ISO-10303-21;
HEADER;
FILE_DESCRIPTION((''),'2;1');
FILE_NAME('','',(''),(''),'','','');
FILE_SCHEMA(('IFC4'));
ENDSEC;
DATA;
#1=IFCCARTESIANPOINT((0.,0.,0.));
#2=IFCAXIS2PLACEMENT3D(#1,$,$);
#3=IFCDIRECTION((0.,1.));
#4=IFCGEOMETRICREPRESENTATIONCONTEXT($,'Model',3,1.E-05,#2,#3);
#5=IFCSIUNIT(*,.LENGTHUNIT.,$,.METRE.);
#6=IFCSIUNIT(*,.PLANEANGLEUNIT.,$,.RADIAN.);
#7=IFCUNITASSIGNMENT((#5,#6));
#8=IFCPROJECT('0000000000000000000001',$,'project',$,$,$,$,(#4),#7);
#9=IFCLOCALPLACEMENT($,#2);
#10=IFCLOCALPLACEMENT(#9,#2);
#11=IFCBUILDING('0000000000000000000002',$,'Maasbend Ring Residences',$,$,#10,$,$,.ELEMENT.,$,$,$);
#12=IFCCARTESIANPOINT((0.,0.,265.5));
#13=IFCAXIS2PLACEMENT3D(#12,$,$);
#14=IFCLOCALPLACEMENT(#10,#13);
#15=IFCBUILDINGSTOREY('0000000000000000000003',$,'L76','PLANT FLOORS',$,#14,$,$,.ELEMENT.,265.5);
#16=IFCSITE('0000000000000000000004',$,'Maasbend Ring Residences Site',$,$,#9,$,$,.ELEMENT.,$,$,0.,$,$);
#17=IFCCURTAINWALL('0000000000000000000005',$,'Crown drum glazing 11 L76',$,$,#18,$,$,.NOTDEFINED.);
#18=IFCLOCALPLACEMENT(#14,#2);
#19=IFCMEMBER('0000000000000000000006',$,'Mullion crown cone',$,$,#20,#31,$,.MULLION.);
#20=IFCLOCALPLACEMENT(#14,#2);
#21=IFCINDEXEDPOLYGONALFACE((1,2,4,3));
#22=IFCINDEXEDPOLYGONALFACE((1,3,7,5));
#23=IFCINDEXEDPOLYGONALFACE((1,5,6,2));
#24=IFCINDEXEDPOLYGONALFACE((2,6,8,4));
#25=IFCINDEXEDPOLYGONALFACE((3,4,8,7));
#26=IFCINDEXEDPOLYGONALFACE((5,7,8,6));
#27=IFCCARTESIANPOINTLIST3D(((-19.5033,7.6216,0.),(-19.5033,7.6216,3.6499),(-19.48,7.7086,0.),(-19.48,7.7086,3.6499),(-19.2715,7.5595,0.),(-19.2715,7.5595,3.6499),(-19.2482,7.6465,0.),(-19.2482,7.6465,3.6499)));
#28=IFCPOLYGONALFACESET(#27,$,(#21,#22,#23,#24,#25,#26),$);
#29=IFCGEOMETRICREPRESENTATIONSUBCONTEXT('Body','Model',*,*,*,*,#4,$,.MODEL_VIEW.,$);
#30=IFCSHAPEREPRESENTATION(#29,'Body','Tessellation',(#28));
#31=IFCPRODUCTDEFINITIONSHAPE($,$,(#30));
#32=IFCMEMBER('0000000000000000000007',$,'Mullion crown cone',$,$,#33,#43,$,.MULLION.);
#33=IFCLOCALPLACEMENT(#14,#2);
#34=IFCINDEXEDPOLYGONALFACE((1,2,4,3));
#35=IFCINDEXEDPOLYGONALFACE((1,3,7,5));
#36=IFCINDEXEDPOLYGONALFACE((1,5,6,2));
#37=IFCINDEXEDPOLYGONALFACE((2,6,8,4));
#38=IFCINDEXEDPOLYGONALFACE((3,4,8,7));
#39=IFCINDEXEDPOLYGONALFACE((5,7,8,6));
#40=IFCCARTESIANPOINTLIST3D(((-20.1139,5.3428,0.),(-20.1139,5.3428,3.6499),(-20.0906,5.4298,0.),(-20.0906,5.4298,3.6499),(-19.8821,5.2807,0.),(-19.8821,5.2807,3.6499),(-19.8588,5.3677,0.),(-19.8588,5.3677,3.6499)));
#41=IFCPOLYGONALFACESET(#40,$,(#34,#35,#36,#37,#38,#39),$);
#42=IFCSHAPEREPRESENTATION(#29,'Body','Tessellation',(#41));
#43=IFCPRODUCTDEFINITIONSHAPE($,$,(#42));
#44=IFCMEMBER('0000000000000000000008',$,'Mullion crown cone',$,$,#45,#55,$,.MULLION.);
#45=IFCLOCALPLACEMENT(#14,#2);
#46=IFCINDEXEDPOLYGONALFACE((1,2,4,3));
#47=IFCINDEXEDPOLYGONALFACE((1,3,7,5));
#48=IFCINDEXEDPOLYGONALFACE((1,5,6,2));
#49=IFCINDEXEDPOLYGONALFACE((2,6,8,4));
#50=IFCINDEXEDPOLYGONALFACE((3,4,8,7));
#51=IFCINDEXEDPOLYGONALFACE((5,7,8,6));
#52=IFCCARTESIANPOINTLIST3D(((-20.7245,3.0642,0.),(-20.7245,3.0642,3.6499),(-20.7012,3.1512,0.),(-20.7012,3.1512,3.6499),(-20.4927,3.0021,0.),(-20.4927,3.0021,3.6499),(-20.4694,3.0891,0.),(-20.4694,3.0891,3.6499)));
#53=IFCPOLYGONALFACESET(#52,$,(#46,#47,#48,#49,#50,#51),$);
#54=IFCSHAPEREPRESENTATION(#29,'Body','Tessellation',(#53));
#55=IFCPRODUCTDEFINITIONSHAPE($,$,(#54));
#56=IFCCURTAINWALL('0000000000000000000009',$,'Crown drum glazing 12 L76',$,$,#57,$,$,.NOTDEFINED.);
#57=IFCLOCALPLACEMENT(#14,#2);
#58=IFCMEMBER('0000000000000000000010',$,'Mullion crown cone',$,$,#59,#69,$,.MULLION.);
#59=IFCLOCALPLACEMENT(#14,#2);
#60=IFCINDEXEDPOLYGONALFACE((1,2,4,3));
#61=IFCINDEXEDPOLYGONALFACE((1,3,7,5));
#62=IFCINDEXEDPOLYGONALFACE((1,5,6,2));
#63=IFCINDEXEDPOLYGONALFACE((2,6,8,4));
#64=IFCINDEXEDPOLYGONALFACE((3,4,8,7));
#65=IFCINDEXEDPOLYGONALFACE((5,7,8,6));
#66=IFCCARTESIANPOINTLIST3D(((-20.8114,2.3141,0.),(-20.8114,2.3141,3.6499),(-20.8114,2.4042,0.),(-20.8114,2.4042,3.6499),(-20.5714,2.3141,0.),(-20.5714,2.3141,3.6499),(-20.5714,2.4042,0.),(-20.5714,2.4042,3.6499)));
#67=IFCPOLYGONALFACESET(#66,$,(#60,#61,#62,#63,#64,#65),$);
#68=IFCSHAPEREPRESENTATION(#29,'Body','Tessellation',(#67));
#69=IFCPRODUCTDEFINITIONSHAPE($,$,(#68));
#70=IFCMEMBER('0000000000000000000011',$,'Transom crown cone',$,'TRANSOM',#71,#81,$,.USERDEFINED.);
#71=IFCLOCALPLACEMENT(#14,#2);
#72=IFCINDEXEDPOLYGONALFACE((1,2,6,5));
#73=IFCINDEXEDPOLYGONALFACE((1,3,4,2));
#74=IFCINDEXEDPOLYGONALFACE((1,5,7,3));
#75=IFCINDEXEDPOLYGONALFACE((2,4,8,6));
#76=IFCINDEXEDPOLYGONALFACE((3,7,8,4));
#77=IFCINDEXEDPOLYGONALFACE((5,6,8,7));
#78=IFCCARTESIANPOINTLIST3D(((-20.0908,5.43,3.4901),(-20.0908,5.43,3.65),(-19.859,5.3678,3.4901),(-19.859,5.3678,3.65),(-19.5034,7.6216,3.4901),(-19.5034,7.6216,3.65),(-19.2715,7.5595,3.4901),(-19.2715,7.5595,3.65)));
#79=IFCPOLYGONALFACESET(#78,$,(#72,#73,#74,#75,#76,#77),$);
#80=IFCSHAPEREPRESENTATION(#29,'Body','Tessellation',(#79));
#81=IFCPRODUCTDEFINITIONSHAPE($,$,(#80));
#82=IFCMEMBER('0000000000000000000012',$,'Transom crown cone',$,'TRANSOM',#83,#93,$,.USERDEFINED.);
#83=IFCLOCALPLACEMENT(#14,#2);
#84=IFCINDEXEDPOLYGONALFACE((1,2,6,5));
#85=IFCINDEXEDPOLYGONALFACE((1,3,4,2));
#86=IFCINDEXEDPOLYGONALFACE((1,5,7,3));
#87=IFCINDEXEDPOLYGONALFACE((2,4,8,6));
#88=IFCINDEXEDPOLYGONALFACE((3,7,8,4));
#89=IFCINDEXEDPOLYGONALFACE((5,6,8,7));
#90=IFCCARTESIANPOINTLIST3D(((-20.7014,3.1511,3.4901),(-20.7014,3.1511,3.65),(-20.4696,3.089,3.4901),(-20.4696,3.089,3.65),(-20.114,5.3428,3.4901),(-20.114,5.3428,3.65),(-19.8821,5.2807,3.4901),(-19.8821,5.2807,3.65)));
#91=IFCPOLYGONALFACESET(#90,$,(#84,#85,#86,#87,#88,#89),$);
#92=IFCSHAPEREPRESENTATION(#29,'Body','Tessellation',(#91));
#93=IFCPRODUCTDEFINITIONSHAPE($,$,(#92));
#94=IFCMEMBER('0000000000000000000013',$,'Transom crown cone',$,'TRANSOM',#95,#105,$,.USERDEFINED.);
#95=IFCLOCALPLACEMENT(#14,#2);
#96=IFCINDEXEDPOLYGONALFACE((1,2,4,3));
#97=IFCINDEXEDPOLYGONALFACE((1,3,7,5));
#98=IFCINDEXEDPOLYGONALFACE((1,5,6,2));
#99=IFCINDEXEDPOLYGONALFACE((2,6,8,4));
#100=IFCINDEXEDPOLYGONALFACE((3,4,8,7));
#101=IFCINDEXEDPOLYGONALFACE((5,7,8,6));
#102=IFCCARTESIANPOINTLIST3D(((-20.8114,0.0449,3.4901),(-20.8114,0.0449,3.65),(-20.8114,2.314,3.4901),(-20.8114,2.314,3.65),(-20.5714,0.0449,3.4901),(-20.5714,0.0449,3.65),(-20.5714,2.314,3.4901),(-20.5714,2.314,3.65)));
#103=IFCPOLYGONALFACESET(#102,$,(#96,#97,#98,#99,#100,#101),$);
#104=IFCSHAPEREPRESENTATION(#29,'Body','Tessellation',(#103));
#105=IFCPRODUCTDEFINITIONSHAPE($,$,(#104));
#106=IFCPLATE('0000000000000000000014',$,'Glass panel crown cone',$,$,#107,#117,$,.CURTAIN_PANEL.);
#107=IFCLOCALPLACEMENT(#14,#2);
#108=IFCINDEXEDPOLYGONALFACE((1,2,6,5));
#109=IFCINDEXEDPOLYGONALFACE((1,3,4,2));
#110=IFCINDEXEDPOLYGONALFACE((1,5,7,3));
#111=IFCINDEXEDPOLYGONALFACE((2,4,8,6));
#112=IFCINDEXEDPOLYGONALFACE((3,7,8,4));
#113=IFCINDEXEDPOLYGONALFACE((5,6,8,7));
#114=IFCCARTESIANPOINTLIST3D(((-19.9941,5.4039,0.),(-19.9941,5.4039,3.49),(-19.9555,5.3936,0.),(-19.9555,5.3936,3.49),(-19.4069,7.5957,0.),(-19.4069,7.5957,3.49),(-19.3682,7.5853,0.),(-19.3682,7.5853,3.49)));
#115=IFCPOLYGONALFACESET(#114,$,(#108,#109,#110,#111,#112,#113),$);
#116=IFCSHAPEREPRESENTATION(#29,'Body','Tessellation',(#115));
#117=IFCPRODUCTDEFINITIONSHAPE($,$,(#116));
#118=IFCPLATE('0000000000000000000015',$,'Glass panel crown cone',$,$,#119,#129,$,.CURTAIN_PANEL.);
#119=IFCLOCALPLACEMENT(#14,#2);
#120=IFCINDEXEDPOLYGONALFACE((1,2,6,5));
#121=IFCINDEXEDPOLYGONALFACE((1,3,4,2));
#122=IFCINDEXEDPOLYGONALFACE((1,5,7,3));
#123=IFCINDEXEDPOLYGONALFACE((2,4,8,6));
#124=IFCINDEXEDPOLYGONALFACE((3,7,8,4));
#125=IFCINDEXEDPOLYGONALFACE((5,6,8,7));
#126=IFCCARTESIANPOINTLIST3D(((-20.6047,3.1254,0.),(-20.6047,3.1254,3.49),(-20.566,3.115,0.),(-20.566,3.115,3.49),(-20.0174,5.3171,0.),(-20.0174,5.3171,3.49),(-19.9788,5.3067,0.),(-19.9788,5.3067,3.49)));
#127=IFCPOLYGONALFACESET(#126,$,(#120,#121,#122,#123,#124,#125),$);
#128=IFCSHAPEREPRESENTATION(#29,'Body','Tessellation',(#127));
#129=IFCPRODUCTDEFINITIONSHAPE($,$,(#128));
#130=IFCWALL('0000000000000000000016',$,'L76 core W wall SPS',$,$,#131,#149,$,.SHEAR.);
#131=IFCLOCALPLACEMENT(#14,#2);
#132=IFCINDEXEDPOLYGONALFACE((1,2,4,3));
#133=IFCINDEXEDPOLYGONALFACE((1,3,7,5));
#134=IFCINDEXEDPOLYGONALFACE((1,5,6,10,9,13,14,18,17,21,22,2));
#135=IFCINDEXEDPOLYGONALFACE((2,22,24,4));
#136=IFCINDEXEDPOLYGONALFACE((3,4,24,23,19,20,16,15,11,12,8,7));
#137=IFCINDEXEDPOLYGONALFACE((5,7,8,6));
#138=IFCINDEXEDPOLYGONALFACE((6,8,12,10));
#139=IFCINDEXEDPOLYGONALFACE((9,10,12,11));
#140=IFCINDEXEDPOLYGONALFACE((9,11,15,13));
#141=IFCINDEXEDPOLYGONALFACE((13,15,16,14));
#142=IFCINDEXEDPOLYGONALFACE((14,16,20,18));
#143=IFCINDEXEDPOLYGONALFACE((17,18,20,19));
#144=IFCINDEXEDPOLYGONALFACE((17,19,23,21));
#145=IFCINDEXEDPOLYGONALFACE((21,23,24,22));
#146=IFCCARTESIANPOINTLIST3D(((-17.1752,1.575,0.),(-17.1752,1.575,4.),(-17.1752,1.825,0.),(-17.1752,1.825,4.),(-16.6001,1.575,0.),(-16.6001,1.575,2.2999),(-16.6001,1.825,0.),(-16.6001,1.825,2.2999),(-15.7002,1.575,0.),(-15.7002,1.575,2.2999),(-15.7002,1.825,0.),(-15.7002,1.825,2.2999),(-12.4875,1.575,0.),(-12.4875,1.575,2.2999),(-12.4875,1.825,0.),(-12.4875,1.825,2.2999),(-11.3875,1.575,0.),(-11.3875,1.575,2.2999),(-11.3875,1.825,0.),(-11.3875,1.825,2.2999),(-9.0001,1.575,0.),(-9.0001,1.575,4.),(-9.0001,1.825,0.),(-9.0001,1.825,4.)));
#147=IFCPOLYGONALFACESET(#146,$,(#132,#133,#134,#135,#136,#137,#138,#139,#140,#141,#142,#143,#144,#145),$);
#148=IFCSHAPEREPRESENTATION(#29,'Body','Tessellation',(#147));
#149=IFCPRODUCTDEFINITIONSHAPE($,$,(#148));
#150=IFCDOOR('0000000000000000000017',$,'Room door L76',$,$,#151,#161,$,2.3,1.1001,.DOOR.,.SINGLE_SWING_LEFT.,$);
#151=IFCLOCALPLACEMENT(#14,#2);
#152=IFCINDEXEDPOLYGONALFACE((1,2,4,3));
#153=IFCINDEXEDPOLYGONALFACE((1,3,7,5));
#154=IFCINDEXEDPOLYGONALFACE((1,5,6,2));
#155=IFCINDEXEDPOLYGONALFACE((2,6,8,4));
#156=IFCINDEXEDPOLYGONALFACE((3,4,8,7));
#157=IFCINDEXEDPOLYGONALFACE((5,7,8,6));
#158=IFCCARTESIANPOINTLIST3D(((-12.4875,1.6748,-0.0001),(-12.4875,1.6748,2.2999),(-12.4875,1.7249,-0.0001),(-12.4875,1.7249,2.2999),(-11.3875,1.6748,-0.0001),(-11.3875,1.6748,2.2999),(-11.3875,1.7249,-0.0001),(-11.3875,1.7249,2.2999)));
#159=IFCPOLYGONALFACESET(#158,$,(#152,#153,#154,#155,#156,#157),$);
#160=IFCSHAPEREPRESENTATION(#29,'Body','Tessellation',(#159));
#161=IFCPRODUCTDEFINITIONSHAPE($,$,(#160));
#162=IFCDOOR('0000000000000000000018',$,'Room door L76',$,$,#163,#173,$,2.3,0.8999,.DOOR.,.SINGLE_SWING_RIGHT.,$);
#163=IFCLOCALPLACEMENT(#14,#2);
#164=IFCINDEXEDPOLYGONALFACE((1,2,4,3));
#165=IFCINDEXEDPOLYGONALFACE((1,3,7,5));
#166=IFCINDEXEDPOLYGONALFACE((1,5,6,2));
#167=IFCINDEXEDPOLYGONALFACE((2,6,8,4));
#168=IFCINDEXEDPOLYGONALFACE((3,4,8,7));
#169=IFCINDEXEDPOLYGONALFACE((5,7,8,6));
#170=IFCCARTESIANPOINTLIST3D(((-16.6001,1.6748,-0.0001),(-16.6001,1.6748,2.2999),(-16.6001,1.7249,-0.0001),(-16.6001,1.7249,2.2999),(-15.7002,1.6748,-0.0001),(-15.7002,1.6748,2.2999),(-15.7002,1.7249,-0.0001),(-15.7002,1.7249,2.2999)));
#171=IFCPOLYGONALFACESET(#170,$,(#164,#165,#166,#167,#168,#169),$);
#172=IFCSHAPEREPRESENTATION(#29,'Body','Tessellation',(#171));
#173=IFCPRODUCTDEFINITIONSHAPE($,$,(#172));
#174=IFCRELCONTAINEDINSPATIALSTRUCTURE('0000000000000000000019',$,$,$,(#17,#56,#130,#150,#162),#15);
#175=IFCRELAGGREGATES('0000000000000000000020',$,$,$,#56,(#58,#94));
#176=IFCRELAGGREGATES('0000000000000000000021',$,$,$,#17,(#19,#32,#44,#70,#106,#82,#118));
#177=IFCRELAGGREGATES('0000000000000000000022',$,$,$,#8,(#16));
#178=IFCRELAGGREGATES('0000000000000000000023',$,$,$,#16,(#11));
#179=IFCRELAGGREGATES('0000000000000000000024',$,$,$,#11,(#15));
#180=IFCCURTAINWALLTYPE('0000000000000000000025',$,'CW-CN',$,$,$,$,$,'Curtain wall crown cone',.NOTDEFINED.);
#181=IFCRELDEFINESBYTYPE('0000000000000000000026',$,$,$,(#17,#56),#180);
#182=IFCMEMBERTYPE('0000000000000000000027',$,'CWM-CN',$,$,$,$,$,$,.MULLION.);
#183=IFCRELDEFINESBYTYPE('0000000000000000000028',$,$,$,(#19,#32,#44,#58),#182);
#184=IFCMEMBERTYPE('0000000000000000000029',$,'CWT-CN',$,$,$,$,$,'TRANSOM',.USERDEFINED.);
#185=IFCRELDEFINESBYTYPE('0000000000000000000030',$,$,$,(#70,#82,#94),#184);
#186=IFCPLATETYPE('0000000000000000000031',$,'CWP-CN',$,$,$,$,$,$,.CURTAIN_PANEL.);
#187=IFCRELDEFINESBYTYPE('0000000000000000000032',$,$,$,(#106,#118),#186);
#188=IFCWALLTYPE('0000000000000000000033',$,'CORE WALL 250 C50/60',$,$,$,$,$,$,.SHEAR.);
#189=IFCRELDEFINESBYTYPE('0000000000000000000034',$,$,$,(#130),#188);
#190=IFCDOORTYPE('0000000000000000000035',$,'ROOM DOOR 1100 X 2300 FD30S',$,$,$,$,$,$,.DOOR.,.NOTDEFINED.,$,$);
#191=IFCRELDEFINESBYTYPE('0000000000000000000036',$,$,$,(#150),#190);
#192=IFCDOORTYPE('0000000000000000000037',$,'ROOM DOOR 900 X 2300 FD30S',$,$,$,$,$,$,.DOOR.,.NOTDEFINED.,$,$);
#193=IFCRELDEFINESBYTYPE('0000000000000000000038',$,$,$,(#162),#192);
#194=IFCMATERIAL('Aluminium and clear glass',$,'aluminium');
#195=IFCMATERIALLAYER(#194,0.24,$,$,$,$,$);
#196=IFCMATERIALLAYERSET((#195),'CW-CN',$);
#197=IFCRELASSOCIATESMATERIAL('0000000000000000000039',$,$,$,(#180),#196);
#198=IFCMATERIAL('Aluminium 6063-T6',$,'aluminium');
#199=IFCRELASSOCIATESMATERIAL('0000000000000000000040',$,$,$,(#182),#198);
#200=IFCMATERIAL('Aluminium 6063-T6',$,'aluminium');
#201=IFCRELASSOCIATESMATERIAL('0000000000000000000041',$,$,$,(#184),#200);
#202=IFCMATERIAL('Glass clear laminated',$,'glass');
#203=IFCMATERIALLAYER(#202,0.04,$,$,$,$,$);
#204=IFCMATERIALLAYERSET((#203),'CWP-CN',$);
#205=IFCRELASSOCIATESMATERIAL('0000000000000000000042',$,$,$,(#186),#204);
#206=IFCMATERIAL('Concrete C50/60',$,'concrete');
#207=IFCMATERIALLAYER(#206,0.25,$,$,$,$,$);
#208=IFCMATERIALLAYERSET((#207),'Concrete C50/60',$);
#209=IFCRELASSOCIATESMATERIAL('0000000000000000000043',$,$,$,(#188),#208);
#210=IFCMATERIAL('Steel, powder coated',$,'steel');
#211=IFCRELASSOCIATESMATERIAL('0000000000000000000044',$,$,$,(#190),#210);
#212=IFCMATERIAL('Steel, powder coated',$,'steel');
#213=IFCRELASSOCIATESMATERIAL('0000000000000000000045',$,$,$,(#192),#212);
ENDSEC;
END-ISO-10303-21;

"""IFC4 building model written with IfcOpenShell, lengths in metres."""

from ifc_helpers import new_model, si_unit, direction, frame, frame_2d, origin, origin_2d, place, context, subcontext, project, spatial, rectangle, extrude, material, layer, layer_set, material_profile, profile_set, type_object, element, fill, aggregate, save


model = new_model("IFC4")

# Units and contexts
model_context = context("Model", 3, precision=1e-05, world=origin(), true_north=direction((0.0, 1.0)))
body_context = subcontext(model_context, "Body", "Model", "MODEL_VIEW")
ifc_project = project(units=[si_unit("LENGTHUNIT", "METRE"), si_unit("PLANEANGLEUNIT", "RADIAN")], contexts=[model_context])

# Site, building, storey
site_placement = place(None, origin())
site = spatial("IfcSite", under=ifc_project, at=site_placement, Name="Maasbend Ring Residences Site", CompositionType="ELEMENT", RefElevation=0.0)
building_placement = place(site_placement, origin())
building = spatial("IfcBuilding", under=site, at=building_placement, Name="Maasbend Ring Residences", CompositionType="ELEMENT")
storey_placement = place(building_placement, frame((0.0, 0.0, 265.5)))
storey = spatial("IfcBuildingStorey", under=building, at=storey_placement, Name="L76", Description="PLANT FLOORS", CompositionType="ELEMENT", Elevation=265.5)

# Curtain wall, members
ifc_material_1 = material(Name="Aluminium and clear glass", Category="aluminium")
ifc_layer_1 = layer(ifc_material_1, 0.24)
ifc_layer_set_1 = layer_set([ifc_layer_1], Name="CW-CN")
curtain_wall_type = type_object("IfcCurtainWallType", Name="CW-CN", ElementType="Curtain wall crown cone", PredefinedType="NOTDEFINED", material=ifc_layer_set_1)
curtain_wall_1_placement = place(storey_placement, origin())
curtain_wall_1 = element("IfcCurtainWall", 1, at=curtain_wall_1_placement, inside=storey, type_object=curtain_wall_type, Name="Crown drum glazing 11 L76", PredefinedType="NOTDEFINED")
ifc_material_2 = material(Name="Aluminium 6063-T6", Category="aluminium")
ifc_material_profile_1 = material_profile(ifc_material_2, rectangle(XDim=0.24, YDim=0.0901, at=origin_2d()), Name="AL 240x90")
ifc_profile_set_1 = profile_set([ifc_material_profile_1], Name="Aluminium 6063-T6")
member_type_1 = type_object("IfcMemberType", Name="CWM-CN", PredefinedType="MULLION", material=ifc_profile_set_1)
member_1_placement = place(storey_placement, frame((-19.3757, 7.634, 0.0), z_axis=(0.0, 0.0, 1.0), x_axis=(0.965926, -0.258819, 0.0)))
member_1 = element("IfcMember", 2, at=member_1_placement, type_object=member_type_1, Name="Mullion crown cone", PredefinedType="MULLION", context=body_context, shape_type="SweptSolid", body=[
    extrude(rectangle(XDim=0.24, YDim=0.0901, at=origin_2d()), origin(), (0.0, 0.0, 1.0), 3.6499),
])
member_2_placement = place(storey_placement, frame((-19.9863, 5.3552, 0.0), z_axis=(0.0, 0.0, 1.0), x_axis=(0.965926, -0.258819, 0.0)))
member_2 = element("IfcMember", 3, at=member_2_placement, type_object=member_type_1, Name="Mullion crown cone", PredefinedType="MULLION", context=body_context, shape_type="SweptSolid", body=[
    extrude(rectangle(XDim=0.24, YDim=0.0901, at=origin_2d()), origin(), (0.0, 0.0, 1.0), 3.6499),
])
member_3_placement = place(storey_placement, frame((-20.5969, 3.0767, 0.0), z_axis=(0.0, 0.0, 1.0), x_axis=(0.965926, -0.258819, 0.0)))
member_3 = element("IfcMember", 4, at=member_3_placement, type_object=member_type_1, Name="Mullion crown cone", PredefinedType="MULLION", context=body_context, shape_type="SweptSolid", body=[
    extrude(rectangle(XDim=0.24, YDim=0.0901, at=origin_2d()), origin(), (0.0, 0.0, 1.0), 3.6499),
])

# Curtain wall, member
curtain_wall_2_placement = place(storey_placement, origin())
curtain_wall_2 = element("IfcCurtainWall", 5, at=curtain_wall_2_placement, inside=storey, type_object=curtain_wall_type, Name="Crown drum glazing 12 L76", PredefinedType="NOTDEFINED")
member_4_placement = place(storey_placement, frame((-20.6914, 2.3591, 0.0), z_axis=(0.0, 0.0, 1.0), x_axis=(1.0, 0.0, 0.0)))
member_4 = element("IfcMember", 6, at=member_4_placement, type_object=member_type_1, Name="Mullion crown cone", PredefinedType="MULLION", context=body_context, shape_type="SweptSolid", body=[
    extrude(rectangle(XDim=0.24, YDim=0.0901, at=origin_2d()), origin(), (0.0, 0.0, 1.0), 3.6499),
])

# Members
ifc_material_3 = material(Name="Aluminium 6063-T6", Category="aluminium")
ifc_material_profile_2 = material_profile(ifc_material_3, rectangle(XDim=0.24, YDim=0.1599, at=origin_2d()), Name="AL 240x160")
ifc_profile_set_2 = profile_set([ifc_material_profile_2], Name="Aluminium 6063-T6")
member_type_2 = type_object("IfcMemberType", Name="CWT-CN", ElementType="TRANSOM", PredefinedType="USERDEFINED", material=ifc_profile_set_2)
member_5_placement = place(storey_placement, frame((-19.3875, 7.5906, 3.5701), z_axis=(-0.258881, -0.965909, 0.0), x_axis=(0.965909, -0.258881, 0.0)))
member_5 = element("IfcMember", 7, at=member_5_placement, type_object=member_type_2, Name="Transom crown cone", ObjectType="TRANSOM", PredefinedType="USERDEFINED", context=body_context, shape_type="SweptSolid", body=[
    extrude(rectangle(XDim=0.24, YDim=0.1599, at=origin_2d()), origin(), (0.0, 0.0, 1.0), 2.269),
])
member_6_placement = place(storey_placement, frame((-19.998, 5.3118, 3.5701), z_axis=(-0.258881, -0.965909, 0.0), x_axis=(0.965909, -0.258881, 0.0)))
member_6 = element("IfcMember", 8, at=member_6_placement, type_object=member_type_2, Name="Transom crown cone", ObjectType="TRANSOM", PredefinedType="USERDEFINED", context=body_context, shape_type="SweptSolid", body=[
    extrude(rectangle(XDim=0.24, YDim=0.1599, at=origin_2d()), origin(), (0.0, 0.0, 1.0), 2.269),
])
member_7_placement = place(storey_placement, frame((-20.6914, 2.314, 3.5701), z_axis=(0.0, -1.0, 0.0), x_axis=(1.0, 0.0, 0.0)))
member_7 = element("IfcMember", 9, at=member_7_placement, type_object=member_type_2, Name="Transom crown cone", ObjectType="TRANSOM", PredefinedType="USERDEFINED", context=body_context, shape_type="SweptSolid", body=[
    extrude(rectangle(XDim=0.24, YDim=0.1599, at=origin_2d()), origin(), (0.0, 0.0, 1.0), 2.269),
])
aggregate(curtain_wall_2, [member_4, member_7])

# Plates
ifc_material_4 = material(Name="Glass clear laminated", Category="glass")
ifc_layer_2 = layer(ifc_material_4, 0.04)
ifc_layer_set_2 = layer_set([ifc_layer_2], Name="CWP-CN")
plate_type = type_object("IfcPlateType", Name="CWP-CN", PredefinedType="CURTAIN_PANEL", material=ifc_layer_set_2)
plate_1_placement = place(storey_placement, frame((-19.6812, 6.4946, 0.0), z_axis=(0.0, 0.0, 1.0), x_axis=(-0.258819, -0.965926, 0.0)))
plate_1 = element("IfcPlate", 10, at=plate_1_placement, type_object=plate_type, Name="Glass panel crown cone", PredefinedType="CURTAIN_PANEL", context=body_context, shape_type="SweptSolid", body=[
    extrude(rectangle(XDim=2.269, YDim=0.04, at=origin_2d()), origin(), (0.0, 0.0, 1.0), 3.49),
])
plate_2_placement = place(storey_placement, frame((-20.2917, 4.2161, 0.0), z_axis=(0.0, 0.0, 1.0), x_axis=(-0.258819, -0.965926, 0.0)))
plate_2 = element("IfcPlate", 11, at=plate_2_placement, type_object=plate_type, Name="Glass panel crown cone", PredefinedType="CURTAIN_PANEL", context=body_context, shape_type="SweptSolid", body=[
    extrude(rectangle(XDim=2.269, YDim=0.04, at=origin_2d()), origin(), (0.0, 0.0, 1.0), 3.49),
])
aggregate(curtain_wall_1, [member_1, member_2, member_3, member_5, plate_1, member_6, plate_2])

# Wall, openings, doors
ifc_material_5 = material(Name="Concrete C50/60", Category="concrete")
ifc_layer_3 = layer(ifc_material_5, 0.25)
ifc_layer_set_3 = layer_set([ifc_layer_3], Name="Concrete C50/60")
wall_type_1 = type_object("IfcWallType", Name="CORE WALL 250 C50/60", PredefinedType="SHEAR", material=ifc_layer_set_3)
wall_1_placement = place(storey_placement, frame((-17.175, 1.7, 0.0), z_axis=(0.0, 0.0, 1.0), x_axis=(1.0, 0.0, 0.0)))
wall_1 = element("IfcWall", 12, at=wall_1_placement, inside=storey, type_object=wall_type_1, Name="L76 core W wall SPS", PredefinedType="SHEAR", context=body_context, shape_type="SweptSolid", body=[
    extrude(rectangle(XDim=8.175, YDim=0.25, at=frame_2d((4.0874, 0.0))), origin(), (0.0, 0.0, 1.0), 4.0),
])
opening_1_placement = place(wall_1_placement, frame((4.6875, 0.0, 0.0)))
opening_1 = element("IfcOpeningElement", 13, at=opening_1_placement, cuts=wall_1, PredefinedType="OPENING", context=body_context, shape_type="SweptSolid", body=[
    extrude(rectangle(XDim=1.1001, YDim=2.3, at=frame_2d((0.55, 1.1499))), frame((0.0, 0.135, 0.0), z_axis=(0.0, -1.0, 0.0), x_axis=(1.0, 0.0, 0.0)), (0.0, 0.0, 1.0), 0.27),
])
opening_2_placement = place(wall_1_placement, frame((0.575, 0.0, 0.0)))
opening_2 = element("IfcOpeningElement", 14, at=opening_2_placement, cuts=wall_1, PredefinedType="OPENING", context=body_context, shape_type="SweptSolid", body=[
    extrude(rectangle(XDim=0.8999, YDim=2.3, at=frame_2d((0.45, 1.1499))), frame((0.0, 0.135, 0.0), z_axis=(0.0, -1.0, 0.0), x_axis=(1.0, 0.0, 0.0)), (0.0, 0.0, 1.0), 0.27),
])
ifc_material_6 = material(Name="Steel, powder coated", Category="steel")
door_type_1 = type_object("IfcDoorType", Name="ROOM DOOR 1100 X 2300 FD30S", OperationType="NOTDEFINED", PredefinedType="DOOR", material=ifc_material_6)
door_1_placement = place(opening_1_placement, origin())
door_1 = element("IfcDoor", 15, at=door_1_placement, inside=storey, type_object=door_type_1, Name="Room door L76", OperationType="SINGLE_SWING_LEFT", OverallHeight=2.3, OverallWidth=1.1001, PredefinedType="DOOR", context=body_context, shape_type="SweptSolid", body=[
    extrude(rectangle(XDim=1.1001, YDim=2.3, at=frame_2d((0.55, 1.1499))), frame((0.0, 0.0249, 0.0), z_axis=(0.0, -1.0, 0.0), x_axis=(1.0, 0.0, 0.0)), (0.0, 0.0, 1.0), 0.05),
])
fill(opening_1, door_1)
ifc_material_7 = material(Name="Steel, powder coated", Category="steel")
door_type_2 = type_object("IfcDoorType", Name="ROOM DOOR 900 X 2300 FD30S", OperationType="NOTDEFINED", PredefinedType="DOOR", material=ifc_material_7)
door_2_placement = place(opening_2_placement, origin())
door_2 = element("IfcDoor", 16, at=door_2_placement, inside=storey, type_object=door_type_2, Name="Room door L76", OperationType="SINGLE_SWING_RIGHT", OverallHeight=2.3, OverallWidth=0.8999, PredefinedType="DOOR", context=body_context, shape_type="SweptSolid", body=[
    extrude(rectangle(XDim=0.8999, YDim=2.3, at=frame_2d((0.45, 1.1499))), frame((0.0, 0.0249, 0.0), z_axis=(0.0, -1.0, 0.0), x_axis=(1.0, 0.0, 0.0)), (0.0, 0.0, 1.0), 0.05),
])
fill(opening_2, door_2)

save(model, "model.ifc")
